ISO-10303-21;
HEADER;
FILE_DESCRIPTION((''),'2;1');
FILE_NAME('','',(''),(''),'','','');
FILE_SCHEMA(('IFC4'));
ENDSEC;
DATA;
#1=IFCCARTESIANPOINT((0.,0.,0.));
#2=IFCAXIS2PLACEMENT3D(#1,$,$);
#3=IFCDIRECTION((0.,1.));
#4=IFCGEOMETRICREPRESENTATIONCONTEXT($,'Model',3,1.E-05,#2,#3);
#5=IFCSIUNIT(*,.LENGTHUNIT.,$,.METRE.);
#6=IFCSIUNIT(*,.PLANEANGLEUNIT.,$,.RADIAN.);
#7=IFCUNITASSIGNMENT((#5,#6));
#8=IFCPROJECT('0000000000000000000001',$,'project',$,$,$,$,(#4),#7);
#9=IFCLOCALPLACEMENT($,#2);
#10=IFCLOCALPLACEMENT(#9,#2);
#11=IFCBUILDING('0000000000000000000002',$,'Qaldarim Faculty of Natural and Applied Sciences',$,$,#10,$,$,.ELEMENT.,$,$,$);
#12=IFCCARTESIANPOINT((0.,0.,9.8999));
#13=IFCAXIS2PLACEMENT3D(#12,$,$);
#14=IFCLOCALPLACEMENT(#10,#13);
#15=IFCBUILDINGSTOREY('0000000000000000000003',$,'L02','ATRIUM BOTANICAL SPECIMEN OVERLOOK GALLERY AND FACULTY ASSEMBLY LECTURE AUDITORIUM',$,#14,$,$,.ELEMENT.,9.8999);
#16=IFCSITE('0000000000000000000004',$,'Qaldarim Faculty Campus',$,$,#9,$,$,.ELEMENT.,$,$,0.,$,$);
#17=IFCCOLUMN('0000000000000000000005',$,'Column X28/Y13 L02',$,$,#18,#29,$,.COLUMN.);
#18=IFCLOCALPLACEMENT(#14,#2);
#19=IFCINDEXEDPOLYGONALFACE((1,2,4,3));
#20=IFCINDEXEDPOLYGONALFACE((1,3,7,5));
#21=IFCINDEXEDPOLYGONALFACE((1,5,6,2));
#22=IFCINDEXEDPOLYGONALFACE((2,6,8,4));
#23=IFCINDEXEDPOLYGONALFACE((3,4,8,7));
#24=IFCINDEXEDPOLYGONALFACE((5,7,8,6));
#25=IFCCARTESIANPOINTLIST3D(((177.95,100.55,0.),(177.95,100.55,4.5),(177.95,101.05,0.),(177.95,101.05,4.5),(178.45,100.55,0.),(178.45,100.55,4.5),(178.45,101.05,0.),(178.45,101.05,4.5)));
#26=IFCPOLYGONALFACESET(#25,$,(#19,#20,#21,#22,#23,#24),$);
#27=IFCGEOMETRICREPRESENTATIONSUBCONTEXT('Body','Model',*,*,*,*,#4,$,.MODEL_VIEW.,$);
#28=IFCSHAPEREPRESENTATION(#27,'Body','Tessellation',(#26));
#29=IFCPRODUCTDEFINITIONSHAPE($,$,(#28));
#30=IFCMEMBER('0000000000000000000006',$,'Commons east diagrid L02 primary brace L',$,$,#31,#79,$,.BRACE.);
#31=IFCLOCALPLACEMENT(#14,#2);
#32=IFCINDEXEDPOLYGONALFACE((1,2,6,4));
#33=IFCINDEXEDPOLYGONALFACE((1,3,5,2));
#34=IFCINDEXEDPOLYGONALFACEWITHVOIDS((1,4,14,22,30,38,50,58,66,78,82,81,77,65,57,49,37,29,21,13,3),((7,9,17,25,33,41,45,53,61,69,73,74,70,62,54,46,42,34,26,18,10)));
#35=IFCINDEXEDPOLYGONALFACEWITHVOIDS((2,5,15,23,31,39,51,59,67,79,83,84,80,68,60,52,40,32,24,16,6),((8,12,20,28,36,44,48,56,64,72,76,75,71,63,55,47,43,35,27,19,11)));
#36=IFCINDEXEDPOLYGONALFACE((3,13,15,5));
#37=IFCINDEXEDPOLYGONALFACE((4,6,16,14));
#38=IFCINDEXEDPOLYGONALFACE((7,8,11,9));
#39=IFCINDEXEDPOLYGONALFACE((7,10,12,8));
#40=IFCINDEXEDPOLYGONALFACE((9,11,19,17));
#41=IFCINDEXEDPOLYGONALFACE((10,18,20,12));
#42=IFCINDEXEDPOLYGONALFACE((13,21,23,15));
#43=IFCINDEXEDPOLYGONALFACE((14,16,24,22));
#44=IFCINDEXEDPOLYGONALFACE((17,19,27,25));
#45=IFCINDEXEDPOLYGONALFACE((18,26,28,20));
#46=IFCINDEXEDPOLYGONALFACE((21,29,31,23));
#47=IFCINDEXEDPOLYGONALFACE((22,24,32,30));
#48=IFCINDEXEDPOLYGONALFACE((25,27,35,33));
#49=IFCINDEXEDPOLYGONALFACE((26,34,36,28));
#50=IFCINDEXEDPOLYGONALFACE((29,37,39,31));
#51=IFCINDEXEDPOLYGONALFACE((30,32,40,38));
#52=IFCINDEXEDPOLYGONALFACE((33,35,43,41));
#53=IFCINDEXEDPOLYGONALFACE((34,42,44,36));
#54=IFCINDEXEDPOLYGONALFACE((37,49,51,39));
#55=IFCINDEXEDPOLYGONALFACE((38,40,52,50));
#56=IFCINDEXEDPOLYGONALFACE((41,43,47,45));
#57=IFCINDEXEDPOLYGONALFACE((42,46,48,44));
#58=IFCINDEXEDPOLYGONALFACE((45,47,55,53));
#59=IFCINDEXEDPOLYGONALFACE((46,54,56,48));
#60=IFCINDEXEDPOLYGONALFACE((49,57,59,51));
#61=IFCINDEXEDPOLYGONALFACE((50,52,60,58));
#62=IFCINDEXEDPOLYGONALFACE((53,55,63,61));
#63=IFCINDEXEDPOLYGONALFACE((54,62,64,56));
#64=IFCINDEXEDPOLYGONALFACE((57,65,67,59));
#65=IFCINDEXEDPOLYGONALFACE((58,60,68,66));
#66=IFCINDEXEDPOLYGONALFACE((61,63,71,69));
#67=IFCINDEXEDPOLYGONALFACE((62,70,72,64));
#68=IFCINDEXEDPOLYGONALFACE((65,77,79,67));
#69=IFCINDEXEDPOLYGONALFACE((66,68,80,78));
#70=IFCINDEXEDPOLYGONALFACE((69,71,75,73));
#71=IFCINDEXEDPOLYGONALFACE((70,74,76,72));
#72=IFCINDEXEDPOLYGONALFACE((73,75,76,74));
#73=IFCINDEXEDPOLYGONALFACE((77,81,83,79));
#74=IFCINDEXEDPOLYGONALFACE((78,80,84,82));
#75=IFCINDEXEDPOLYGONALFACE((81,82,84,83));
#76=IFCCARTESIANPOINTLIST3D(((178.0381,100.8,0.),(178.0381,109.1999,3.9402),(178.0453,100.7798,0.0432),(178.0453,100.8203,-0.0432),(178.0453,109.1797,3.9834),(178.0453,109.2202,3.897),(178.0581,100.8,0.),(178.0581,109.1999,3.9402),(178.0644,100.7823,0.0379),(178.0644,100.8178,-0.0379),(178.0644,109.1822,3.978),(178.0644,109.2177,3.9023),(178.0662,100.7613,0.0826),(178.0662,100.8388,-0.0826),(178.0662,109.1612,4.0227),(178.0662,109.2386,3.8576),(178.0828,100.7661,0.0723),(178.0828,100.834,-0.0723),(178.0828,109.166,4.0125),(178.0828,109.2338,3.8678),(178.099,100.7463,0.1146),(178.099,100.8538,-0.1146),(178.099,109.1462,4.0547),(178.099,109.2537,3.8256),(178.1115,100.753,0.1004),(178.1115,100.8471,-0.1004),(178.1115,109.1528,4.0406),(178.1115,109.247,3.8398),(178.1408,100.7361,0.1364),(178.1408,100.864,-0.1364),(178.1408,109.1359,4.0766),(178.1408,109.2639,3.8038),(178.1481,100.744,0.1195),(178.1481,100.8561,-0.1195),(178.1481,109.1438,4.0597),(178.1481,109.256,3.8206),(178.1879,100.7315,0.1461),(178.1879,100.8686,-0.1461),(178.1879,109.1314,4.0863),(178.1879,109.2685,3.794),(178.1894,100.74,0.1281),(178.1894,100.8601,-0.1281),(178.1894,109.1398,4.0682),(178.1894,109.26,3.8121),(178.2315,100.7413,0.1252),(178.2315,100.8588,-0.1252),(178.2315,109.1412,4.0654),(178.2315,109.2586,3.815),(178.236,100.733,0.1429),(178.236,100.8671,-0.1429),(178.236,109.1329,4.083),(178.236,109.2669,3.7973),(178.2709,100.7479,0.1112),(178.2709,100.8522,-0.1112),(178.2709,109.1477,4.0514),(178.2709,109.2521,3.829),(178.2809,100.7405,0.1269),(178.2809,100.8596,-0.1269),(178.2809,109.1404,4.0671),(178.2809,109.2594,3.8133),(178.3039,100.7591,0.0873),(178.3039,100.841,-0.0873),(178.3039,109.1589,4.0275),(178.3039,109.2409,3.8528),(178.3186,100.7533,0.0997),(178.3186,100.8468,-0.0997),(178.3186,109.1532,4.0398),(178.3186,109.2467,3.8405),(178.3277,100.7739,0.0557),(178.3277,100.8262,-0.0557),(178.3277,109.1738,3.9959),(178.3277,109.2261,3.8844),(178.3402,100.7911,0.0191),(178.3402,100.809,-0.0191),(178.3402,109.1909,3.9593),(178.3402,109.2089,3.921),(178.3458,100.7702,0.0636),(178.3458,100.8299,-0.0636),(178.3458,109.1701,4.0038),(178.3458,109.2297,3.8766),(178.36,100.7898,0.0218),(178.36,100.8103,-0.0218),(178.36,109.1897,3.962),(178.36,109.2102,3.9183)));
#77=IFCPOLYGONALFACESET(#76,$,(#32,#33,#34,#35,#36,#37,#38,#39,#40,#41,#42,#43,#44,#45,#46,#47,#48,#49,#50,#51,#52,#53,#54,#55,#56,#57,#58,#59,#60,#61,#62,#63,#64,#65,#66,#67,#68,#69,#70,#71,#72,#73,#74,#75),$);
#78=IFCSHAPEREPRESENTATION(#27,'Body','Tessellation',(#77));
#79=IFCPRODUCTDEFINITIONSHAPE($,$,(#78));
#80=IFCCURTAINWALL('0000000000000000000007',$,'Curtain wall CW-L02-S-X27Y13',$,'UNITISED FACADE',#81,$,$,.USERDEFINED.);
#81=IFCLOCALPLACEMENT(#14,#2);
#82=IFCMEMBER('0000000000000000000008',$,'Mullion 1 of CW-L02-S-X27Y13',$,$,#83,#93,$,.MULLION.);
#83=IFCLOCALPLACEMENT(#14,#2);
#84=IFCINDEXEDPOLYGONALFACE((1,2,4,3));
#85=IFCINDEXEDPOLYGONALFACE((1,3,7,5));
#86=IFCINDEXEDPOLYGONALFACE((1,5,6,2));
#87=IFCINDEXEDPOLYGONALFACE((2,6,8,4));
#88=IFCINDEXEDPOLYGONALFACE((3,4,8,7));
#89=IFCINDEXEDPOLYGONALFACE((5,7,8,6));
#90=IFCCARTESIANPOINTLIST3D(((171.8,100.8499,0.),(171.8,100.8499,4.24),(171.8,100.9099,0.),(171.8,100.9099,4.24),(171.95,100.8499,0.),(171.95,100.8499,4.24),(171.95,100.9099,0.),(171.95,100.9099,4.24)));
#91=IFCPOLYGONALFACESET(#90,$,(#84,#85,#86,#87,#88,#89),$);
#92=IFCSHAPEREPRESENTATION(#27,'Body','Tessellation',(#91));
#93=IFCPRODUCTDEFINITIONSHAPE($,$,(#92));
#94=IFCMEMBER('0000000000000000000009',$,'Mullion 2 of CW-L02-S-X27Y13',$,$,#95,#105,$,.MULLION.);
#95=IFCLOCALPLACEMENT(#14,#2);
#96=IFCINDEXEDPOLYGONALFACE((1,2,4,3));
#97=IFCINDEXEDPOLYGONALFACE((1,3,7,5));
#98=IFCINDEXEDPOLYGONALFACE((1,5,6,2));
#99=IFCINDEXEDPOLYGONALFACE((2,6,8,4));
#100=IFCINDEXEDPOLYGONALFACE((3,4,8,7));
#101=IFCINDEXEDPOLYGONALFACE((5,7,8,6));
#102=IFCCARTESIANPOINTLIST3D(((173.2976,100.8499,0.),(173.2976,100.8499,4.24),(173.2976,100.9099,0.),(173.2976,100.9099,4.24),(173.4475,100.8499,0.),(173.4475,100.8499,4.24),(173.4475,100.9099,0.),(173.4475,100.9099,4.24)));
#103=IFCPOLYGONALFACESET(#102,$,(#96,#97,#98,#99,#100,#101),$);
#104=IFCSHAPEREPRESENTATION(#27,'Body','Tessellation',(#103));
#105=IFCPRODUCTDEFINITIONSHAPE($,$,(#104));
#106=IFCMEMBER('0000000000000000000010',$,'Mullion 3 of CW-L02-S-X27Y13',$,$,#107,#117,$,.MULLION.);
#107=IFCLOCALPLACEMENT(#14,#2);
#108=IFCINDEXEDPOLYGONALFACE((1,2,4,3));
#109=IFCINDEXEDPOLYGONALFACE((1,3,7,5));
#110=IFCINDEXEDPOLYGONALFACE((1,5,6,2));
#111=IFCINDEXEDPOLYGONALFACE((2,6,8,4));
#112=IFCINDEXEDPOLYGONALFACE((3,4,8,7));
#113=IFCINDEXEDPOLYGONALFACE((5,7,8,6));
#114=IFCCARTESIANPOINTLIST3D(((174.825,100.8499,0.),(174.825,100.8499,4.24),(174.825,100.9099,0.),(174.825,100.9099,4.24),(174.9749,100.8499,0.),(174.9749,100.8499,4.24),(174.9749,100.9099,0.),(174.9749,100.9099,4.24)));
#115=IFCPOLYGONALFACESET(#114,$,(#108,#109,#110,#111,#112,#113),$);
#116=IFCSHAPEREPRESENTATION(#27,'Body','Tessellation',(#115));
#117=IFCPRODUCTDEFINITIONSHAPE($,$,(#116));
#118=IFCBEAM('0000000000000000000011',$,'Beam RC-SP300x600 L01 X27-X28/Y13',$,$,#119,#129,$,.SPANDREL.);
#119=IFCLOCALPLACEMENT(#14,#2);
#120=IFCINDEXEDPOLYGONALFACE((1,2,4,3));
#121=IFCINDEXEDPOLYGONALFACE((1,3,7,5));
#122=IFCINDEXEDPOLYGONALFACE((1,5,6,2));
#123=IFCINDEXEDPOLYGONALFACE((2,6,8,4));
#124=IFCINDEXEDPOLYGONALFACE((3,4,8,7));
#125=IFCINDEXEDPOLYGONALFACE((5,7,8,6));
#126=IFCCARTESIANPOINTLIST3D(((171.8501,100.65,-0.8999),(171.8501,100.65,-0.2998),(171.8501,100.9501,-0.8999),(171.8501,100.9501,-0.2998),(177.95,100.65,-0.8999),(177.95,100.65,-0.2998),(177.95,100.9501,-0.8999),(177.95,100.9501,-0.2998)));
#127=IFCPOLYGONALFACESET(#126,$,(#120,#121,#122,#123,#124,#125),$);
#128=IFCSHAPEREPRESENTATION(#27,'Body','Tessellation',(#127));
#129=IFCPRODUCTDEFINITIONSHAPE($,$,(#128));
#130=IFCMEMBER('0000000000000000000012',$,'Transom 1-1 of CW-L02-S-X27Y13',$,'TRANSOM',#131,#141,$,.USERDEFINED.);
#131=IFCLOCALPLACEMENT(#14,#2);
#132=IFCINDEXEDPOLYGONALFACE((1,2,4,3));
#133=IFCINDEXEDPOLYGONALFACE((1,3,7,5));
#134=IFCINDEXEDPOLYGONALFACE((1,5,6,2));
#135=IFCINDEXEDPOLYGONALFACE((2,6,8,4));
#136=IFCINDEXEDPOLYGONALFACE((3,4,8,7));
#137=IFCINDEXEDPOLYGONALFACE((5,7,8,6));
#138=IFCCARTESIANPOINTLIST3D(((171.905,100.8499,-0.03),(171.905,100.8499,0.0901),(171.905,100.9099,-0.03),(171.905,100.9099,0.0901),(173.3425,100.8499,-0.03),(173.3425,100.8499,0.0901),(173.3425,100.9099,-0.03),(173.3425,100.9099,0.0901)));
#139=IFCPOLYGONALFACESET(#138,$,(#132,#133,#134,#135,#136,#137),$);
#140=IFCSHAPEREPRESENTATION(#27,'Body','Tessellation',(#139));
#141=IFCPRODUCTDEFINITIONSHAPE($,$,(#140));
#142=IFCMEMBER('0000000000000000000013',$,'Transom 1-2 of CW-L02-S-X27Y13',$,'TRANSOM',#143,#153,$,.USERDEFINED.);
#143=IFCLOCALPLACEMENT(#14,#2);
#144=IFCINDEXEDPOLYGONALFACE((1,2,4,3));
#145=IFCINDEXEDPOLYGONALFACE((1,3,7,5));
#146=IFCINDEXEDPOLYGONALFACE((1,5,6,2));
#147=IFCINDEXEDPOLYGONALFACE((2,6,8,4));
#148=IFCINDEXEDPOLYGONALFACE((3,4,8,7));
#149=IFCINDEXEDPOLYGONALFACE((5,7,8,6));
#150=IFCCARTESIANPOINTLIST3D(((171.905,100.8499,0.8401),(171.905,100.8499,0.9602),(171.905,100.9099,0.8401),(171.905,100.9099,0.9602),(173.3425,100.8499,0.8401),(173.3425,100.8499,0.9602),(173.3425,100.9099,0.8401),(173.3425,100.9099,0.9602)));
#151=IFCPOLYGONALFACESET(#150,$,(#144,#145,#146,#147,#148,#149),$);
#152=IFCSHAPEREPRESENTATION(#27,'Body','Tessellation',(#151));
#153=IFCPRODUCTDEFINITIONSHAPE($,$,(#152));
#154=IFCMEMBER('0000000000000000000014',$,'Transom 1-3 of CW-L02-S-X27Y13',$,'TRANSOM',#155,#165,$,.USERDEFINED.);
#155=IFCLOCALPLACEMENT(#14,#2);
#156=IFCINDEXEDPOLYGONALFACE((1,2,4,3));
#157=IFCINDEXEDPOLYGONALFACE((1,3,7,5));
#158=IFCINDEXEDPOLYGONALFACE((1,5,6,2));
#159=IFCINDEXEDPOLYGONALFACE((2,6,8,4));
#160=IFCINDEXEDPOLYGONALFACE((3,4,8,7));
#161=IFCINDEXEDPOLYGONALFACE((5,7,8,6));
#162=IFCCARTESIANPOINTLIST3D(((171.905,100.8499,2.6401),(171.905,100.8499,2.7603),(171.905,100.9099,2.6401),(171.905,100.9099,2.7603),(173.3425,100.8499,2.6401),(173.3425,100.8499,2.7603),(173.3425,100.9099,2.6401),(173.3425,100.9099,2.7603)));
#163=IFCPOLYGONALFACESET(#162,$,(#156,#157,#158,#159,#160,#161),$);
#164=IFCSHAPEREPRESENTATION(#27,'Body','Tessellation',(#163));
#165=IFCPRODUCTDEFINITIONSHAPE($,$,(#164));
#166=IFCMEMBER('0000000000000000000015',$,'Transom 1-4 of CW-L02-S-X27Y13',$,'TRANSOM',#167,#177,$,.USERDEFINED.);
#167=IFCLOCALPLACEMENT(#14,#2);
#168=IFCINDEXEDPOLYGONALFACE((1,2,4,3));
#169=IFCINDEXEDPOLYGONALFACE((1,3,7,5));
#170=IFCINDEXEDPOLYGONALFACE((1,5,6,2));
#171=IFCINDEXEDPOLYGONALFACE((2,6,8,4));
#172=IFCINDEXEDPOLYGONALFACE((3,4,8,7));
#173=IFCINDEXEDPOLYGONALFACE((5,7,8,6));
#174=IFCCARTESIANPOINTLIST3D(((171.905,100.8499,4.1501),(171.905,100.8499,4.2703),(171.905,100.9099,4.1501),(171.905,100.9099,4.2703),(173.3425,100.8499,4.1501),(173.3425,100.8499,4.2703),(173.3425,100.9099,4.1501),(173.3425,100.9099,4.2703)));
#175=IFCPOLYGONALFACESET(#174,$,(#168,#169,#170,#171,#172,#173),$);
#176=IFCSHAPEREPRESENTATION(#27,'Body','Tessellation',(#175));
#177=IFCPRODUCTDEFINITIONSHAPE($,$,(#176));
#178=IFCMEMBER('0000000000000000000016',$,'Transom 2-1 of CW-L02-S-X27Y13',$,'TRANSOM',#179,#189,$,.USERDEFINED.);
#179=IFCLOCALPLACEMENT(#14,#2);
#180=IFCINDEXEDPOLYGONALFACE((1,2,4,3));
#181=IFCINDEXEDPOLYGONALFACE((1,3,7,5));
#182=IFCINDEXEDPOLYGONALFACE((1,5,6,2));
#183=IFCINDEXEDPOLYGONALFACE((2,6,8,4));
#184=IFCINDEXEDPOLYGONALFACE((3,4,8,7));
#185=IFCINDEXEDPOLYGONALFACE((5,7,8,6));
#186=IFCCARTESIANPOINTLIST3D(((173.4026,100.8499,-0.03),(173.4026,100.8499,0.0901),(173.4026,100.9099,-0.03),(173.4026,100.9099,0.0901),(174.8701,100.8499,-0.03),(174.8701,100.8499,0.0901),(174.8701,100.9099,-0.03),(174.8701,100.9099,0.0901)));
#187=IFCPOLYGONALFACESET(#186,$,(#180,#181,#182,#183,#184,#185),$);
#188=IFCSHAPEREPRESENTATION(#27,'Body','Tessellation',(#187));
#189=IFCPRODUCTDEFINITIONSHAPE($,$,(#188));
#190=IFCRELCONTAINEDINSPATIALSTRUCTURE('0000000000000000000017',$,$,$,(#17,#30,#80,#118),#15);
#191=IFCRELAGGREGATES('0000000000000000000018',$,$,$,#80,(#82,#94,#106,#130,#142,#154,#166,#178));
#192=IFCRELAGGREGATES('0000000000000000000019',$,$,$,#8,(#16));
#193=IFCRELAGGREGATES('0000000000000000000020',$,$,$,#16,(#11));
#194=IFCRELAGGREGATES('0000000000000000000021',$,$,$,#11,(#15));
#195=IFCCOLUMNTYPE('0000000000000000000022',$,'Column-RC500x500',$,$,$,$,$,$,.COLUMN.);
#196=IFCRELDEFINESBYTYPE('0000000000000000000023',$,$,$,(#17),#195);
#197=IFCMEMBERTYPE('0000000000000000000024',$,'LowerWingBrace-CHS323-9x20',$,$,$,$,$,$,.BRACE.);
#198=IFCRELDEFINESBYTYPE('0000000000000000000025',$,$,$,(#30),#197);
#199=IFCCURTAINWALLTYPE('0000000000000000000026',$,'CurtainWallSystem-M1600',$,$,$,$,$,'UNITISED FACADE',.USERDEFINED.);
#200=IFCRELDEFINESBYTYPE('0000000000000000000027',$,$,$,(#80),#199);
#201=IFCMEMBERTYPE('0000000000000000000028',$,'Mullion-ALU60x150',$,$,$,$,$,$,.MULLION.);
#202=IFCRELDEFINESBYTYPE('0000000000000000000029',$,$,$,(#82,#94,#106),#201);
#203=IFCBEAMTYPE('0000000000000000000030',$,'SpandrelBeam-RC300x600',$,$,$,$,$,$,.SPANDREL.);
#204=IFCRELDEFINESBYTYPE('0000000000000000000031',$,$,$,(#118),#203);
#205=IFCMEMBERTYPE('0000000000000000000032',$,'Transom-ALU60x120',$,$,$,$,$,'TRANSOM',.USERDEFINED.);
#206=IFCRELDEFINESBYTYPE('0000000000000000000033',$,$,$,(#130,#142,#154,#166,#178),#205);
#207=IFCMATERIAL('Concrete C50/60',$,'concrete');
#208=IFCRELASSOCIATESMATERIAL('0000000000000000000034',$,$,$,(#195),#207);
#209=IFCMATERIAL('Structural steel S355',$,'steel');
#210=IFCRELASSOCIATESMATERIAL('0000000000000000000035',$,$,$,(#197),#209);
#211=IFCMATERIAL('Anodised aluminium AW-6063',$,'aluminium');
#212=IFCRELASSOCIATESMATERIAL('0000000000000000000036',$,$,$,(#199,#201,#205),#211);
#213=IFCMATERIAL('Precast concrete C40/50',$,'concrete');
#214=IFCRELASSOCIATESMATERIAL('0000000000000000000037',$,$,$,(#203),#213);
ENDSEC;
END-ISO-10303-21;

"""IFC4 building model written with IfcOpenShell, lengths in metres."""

from ifc_helpers import new_model, si_unit, direction, frame, origin, origin_2d, place, context, subcontext, project, spatial, rectangle, hollow_circle, extrude, material, material_profile, profile_set, type_object, element, aggregate, save


model = new_model("IFC4")

# Units and contexts
model_context = context("Model", 3, precision=1e-05, world=origin(), true_north=direction((0.0, 1.0)))
body_context = subcontext(model_context, "Body", "Model", "MODEL_VIEW")
ifc_project = project(units=[si_unit("LENGTHUNIT", "METRE"), si_unit("PLANEANGLEUNIT", "RADIAN")], contexts=[model_context])

# Site, building, storey
site_placement = place(None, origin())
site = spatial("IfcSite", under=ifc_project, at=site_placement, Name="Qaldarim Faculty Campus", CompositionType="ELEMENT", RefElevation=0.0)
building_placement = place(site_placement, origin())
building = spatial("IfcBuilding", under=site, at=building_placement, Name="Qaldarim Faculty of Natural and Applied Sciences", CompositionType="ELEMENT")
storey_placement = place(building_placement, frame((0.0, 0.0, 9.8999)))
storey = spatial("IfcBuildingStorey", under=building, at=storey_placement, Name="L02", Description="ATRIUM BOTANICAL SPECIMEN OVERLOOK GALLERY AND FACULTY ASSEMBLY LECTURE AUDITORIUM", CompositionType="ELEMENT", Elevation=9.8999)

# Column
ifc_material_1 = material(Name="Concrete C50/60", Category="concrete")
ifc_material_profile_1 = material_profile(ifc_material_1, rectangle(XDim=0.5, YDim=0.5, at=origin_2d()), Name="RC-C500x500")
ifc_profile_set_1 = profile_set([ifc_material_profile_1], Name="Concrete C50/60")
column_type = type_object("IfcColumnType", Name="Column-RC500x500", PredefinedType="COLUMN", material=ifc_profile_set_1)
column_placement = place(storey_placement, frame((178.2, 100.8, 0.0), z_axis=(0.0, 0.0, 1.0), x_axis=(1.0, 0.0, 0.0)))
element("IfcColumn", 1, at=column_placement, inside=storey, type_object=column_type, Name="Column X28/Y13 L02", PredefinedType="COLUMN", context=body_context, shape_type="SweptSolid", body=[
    extrude(rectangle(XDim=0.5, YDim=0.5, at=origin_2d()), origin(), (0.0, 0.0, 1.0), 4.5),
])

# Member
ifc_material_2 = material(Name="Structural steel S355", Category="steel")
ifc_material_profile_2 = material_profile(ifc_material_2, hollow_circle(Radius=0.1619, WallThickness=0.02, at=origin_2d()), Name="CHS 323.9x20.0")
ifc_profile_set_2 = profile_set([ifc_material_profile_2], Name="Structural steel S355")
member_type_1 = type_object("IfcMemberType", Name="LowerWingBrace-CHS323-9x20", PredefinedType="BRACE", material=ifc_profile_set_2)
member_1_placement = place(storey_placement, frame((178.2, 100.8, 0.0), z_axis=(0.0, 0.905346, 0.424675), x_axis=(-1.0, 0.0, 0.0)))
element("IfcMember", 2, at=member_1_placement, inside=storey, type_object=member_type_1, Name="Commons east diagrid L02 primary brace L", PredefinedType="BRACE", context=body_context, shape_type="SweptSolid", body=[
    extrude(hollow_circle(Radius=0.1619, WallThickness=0.02, at=origin_2d()), origin(), (0.0, 0.0, 1.0), 9.2781),
])

# Curtain wall, members
ifc_material_3 = material(Name="Anodised aluminium AW-6063", Category="aluminium")
curtain_wall_type = type_object("IfcCurtainWallType", Name="CurtainWallSystem-M1600", ElementType="UNITISED FACADE", PredefinedType="USERDEFINED", material=ifc_material_3)
curtain_wall_placement = place(storey_placement, origin())
curtain_wall = element("IfcCurtainWall", 3, at=curtain_wall_placement, inside=storey, type_object=curtain_wall_type, Name="Curtain wall CW-L02-S-X27Y13", ObjectType="UNITISED FACADE", PredefinedType="USERDEFINED")
ifc_material_profile_3 = material_profile(ifc_material_3, rectangle(XDim=0.0601, YDim=0.1499, at=origin_2d()), Name="ALU-M60x150")
ifc_profile_set_3 = profile_set([ifc_material_profile_3], Name="Anodised aluminium AW-6063")
member_type_2 = type_object("IfcMemberType", Name="Mullion-ALU60x150", PredefinedType="MULLION", material=ifc_profile_set_3)
member_2_placement = place(storey_placement, frame((171.875, 100.8799, 0.0), z_axis=(0.0, 0.0, 1.0), x_axis=(0.0, 1.0, 0.0)))
member_2 = element("IfcMember", 4, at=member_2_placement, type_object=member_type_2, Name="Mullion 1 of CW-L02-S-X27Y13", PredefinedType="MULLION", context=body_context, shape_type="SweptSolid", body=[
    extrude(rectangle(XDim=0.0601, YDim=0.1499, at=origin_2d()), origin(), (0.0, 0.0, 1.0), 4.24),
])
member_3_placement = place(storey_placement, frame((173.3726, 100.8799, 0.0), z_axis=(0.0, 0.0, 1.0), x_axis=(0.0, 1.0, 0.0)))
member_3 = element("IfcMember", 5, at=member_3_placement, type_object=member_type_2, Name="Mullion 2 of CW-L02-S-X27Y13", PredefinedType="MULLION", context=body_context, shape_type="SweptSolid", body=[
    extrude(rectangle(XDim=0.0601, YDim=0.1499, at=origin_2d()), origin(), (0.0, 0.0, 1.0), 4.24),
])
member_4_placement = place(storey_placement, frame((174.8999, 100.8799, 0.0), z_axis=(0.0, 0.0, 1.0), x_axis=(0.0, 1.0, 0.0)))
member_4 = element("IfcMember", 6, at=member_4_placement, type_object=member_type_2, Name="Mullion 3 of CW-L02-S-X27Y13", PredefinedType="MULLION", context=body_context, shape_type="SweptSolid", body=[
    extrude(rectangle(XDim=0.0601, YDim=0.1499, at=origin_2d()), origin(), (0.0, 0.0, 1.0), 4.24),
])

# Beam
ifc_material_4 = material(Name="Precast concrete C40/50", Category="concrete")
ifc_material_profile_4 = material_profile(ifc_material_4, rectangle(XDim=0.3, YDim=0.6001, at=origin_2d()), Name="RC-SP300x600")
ifc_profile_set_4 = profile_set([ifc_material_profile_4], Name="Precast concrete C40/50")
beam_type = type_object("IfcBeamType", Name="SpandrelBeam-RC300x600", PredefinedType="SPANDREL", material=ifc_profile_set_4)
beam_placement = place(storey_placement, frame((171.8501, 100.8, -0.5999), z_axis=(1.0, 0.0, 0.0), x_axis=(0.0, 1.0, 0.0)))
element("IfcBeam", 7, at=beam_placement, inside=storey, type_object=beam_type, Name="Beam RC-SP300x600 L01 X27-X28/Y13", PredefinedType="SPANDREL", context=body_context, shape_type="SweptSolid", body=[
    extrude(rectangle(XDim=0.3, YDim=0.6001, at=origin_2d()), origin(), (0.0, 0.0, 1.0), 6.0999),
])

# Members
ifc_material_profile_5 = material_profile(ifc_material_3, rectangle(XDim=0.0601, YDim=0.1201, at=origin_2d()), Name="ALU-T60x120")
ifc_profile_set_5 = profile_set([ifc_material_profile_5], Name="Anodised aluminium AW-6063")
member_type_3 = type_object("IfcMemberType", Name="Transom-ALU60x120", ElementType="TRANSOM", PredefinedType="USERDEFINED", material=ifc_profile_set_5)
member_5_placement = place(storey_placement, frame((171.905, 100.8799, 0.03), z_axis=(1.0, 0.0, 0.0), x_axis=(0.0, 1.0, 0.0)))
member_5 = element("IfcMember", 8, at=member_5_placement, type_object=member_type_3, Name="Transom 1-1 of CW-L02-S-X27Y13", ObjectType="TRANSOM", PredefinedType="USERDEFINED", context=body_context, shape_type="SweptSolid", body=[
    extrude(rectangle(XDim=0.0601, YDim=0.1201, at=origin_2d()), origin(), (0.0, 0.0, 1.0), 1.4375),
])
member_6_placement = place(storey_placement, frame((171.905, 100.8799, 0.9001), z_axis=(1.0, 0.0, 0.0), x_axis=(0.0, 1.0, 0.0)))
member_6 = element("IfcMember", 9, at=member_6_placement, type_object=member_type_3, Name="Transom 1-2 of CW-L02-S-X27Y13", ObjectType="TRANSOM", PredefinedType="USERDEFINED", context=body_context, shape_type="SweptSolid", body=[
    extrude(rectangle(XDim=0.0601, YDim=0.1201, at=origin_2d()), origin(), (0.0, 0.0, 1.0), 1.4375),
])
member_7_placement = place(storey_placement, frame((171.905, 100.8799, 2.7002), z_axis=(1.0, 0.0, 0.0), x_axis=(0.0, 1.0, 0.0)))
member_7 = element("IfcMember", 10, at=member_7_placement, type_object=member_type_3, Name="Transom 1-3 of CW-L02-S-X27Y13", ObjectType="TRANSOM", PredefinedType="USERDEFINED", context=body_context, shape_type="SweptSolid", body=[
    extrude(rectangle(XDim=0.0601, YDim=0.1201, at=origin_2d()), origin(), (0.0, 0.0, 1.0), 1.4375),
])
member_8_placement = place(storey_placement, frame((171.905, 100.8799, 4.2102), z_axis=(1.0, 0.0, 0.0), x_axis=(0.0, 1.0, 0.0)))
member_8 = element("IfcMember", 11, at=member_8_placement, type_object=member_type_3, Name="Transom 1-4 of CW-L02-S-X27Y13", ObjectType="TRANSOM", PredefinedType="USERDEFINED", context=body_context, shape_type="SweptSolid", body=[
    extrude(rectangle(XDim=0.0601, YDim=0.1201, at=origin_2d()), origin(), (0.0, 0.0, 1.0), 1.4375),
])
member_9_placement = place(storey_placement, frame((173.4026, 100.8799, 0.03), z_axis=(1.0, 0.0, 0.0), x_axis=(0.0, 1.0, 0.0)))
member_9 = element("IfcMember", 12, at=member_9_placement, type_object=member_type_3, Name="Transom 2-1 of CW-L02-S-X27Y13", ObjectType="TRANSOM", PredefinedType="USERDEFINED", context=body_context, shape_type="SweptSolid", body=[
    extrude(rectangle(XDim=0.0601, YDim=0.1201, at=origin_2d()), origin(), (0.0, 0.0, 1.0), 1.4675),
])

aggregate(curtain_wall, [member_2, member_3, member_4, member_5, member_6, member_7, member_8, member_9])

save(model, "model.ifc")
